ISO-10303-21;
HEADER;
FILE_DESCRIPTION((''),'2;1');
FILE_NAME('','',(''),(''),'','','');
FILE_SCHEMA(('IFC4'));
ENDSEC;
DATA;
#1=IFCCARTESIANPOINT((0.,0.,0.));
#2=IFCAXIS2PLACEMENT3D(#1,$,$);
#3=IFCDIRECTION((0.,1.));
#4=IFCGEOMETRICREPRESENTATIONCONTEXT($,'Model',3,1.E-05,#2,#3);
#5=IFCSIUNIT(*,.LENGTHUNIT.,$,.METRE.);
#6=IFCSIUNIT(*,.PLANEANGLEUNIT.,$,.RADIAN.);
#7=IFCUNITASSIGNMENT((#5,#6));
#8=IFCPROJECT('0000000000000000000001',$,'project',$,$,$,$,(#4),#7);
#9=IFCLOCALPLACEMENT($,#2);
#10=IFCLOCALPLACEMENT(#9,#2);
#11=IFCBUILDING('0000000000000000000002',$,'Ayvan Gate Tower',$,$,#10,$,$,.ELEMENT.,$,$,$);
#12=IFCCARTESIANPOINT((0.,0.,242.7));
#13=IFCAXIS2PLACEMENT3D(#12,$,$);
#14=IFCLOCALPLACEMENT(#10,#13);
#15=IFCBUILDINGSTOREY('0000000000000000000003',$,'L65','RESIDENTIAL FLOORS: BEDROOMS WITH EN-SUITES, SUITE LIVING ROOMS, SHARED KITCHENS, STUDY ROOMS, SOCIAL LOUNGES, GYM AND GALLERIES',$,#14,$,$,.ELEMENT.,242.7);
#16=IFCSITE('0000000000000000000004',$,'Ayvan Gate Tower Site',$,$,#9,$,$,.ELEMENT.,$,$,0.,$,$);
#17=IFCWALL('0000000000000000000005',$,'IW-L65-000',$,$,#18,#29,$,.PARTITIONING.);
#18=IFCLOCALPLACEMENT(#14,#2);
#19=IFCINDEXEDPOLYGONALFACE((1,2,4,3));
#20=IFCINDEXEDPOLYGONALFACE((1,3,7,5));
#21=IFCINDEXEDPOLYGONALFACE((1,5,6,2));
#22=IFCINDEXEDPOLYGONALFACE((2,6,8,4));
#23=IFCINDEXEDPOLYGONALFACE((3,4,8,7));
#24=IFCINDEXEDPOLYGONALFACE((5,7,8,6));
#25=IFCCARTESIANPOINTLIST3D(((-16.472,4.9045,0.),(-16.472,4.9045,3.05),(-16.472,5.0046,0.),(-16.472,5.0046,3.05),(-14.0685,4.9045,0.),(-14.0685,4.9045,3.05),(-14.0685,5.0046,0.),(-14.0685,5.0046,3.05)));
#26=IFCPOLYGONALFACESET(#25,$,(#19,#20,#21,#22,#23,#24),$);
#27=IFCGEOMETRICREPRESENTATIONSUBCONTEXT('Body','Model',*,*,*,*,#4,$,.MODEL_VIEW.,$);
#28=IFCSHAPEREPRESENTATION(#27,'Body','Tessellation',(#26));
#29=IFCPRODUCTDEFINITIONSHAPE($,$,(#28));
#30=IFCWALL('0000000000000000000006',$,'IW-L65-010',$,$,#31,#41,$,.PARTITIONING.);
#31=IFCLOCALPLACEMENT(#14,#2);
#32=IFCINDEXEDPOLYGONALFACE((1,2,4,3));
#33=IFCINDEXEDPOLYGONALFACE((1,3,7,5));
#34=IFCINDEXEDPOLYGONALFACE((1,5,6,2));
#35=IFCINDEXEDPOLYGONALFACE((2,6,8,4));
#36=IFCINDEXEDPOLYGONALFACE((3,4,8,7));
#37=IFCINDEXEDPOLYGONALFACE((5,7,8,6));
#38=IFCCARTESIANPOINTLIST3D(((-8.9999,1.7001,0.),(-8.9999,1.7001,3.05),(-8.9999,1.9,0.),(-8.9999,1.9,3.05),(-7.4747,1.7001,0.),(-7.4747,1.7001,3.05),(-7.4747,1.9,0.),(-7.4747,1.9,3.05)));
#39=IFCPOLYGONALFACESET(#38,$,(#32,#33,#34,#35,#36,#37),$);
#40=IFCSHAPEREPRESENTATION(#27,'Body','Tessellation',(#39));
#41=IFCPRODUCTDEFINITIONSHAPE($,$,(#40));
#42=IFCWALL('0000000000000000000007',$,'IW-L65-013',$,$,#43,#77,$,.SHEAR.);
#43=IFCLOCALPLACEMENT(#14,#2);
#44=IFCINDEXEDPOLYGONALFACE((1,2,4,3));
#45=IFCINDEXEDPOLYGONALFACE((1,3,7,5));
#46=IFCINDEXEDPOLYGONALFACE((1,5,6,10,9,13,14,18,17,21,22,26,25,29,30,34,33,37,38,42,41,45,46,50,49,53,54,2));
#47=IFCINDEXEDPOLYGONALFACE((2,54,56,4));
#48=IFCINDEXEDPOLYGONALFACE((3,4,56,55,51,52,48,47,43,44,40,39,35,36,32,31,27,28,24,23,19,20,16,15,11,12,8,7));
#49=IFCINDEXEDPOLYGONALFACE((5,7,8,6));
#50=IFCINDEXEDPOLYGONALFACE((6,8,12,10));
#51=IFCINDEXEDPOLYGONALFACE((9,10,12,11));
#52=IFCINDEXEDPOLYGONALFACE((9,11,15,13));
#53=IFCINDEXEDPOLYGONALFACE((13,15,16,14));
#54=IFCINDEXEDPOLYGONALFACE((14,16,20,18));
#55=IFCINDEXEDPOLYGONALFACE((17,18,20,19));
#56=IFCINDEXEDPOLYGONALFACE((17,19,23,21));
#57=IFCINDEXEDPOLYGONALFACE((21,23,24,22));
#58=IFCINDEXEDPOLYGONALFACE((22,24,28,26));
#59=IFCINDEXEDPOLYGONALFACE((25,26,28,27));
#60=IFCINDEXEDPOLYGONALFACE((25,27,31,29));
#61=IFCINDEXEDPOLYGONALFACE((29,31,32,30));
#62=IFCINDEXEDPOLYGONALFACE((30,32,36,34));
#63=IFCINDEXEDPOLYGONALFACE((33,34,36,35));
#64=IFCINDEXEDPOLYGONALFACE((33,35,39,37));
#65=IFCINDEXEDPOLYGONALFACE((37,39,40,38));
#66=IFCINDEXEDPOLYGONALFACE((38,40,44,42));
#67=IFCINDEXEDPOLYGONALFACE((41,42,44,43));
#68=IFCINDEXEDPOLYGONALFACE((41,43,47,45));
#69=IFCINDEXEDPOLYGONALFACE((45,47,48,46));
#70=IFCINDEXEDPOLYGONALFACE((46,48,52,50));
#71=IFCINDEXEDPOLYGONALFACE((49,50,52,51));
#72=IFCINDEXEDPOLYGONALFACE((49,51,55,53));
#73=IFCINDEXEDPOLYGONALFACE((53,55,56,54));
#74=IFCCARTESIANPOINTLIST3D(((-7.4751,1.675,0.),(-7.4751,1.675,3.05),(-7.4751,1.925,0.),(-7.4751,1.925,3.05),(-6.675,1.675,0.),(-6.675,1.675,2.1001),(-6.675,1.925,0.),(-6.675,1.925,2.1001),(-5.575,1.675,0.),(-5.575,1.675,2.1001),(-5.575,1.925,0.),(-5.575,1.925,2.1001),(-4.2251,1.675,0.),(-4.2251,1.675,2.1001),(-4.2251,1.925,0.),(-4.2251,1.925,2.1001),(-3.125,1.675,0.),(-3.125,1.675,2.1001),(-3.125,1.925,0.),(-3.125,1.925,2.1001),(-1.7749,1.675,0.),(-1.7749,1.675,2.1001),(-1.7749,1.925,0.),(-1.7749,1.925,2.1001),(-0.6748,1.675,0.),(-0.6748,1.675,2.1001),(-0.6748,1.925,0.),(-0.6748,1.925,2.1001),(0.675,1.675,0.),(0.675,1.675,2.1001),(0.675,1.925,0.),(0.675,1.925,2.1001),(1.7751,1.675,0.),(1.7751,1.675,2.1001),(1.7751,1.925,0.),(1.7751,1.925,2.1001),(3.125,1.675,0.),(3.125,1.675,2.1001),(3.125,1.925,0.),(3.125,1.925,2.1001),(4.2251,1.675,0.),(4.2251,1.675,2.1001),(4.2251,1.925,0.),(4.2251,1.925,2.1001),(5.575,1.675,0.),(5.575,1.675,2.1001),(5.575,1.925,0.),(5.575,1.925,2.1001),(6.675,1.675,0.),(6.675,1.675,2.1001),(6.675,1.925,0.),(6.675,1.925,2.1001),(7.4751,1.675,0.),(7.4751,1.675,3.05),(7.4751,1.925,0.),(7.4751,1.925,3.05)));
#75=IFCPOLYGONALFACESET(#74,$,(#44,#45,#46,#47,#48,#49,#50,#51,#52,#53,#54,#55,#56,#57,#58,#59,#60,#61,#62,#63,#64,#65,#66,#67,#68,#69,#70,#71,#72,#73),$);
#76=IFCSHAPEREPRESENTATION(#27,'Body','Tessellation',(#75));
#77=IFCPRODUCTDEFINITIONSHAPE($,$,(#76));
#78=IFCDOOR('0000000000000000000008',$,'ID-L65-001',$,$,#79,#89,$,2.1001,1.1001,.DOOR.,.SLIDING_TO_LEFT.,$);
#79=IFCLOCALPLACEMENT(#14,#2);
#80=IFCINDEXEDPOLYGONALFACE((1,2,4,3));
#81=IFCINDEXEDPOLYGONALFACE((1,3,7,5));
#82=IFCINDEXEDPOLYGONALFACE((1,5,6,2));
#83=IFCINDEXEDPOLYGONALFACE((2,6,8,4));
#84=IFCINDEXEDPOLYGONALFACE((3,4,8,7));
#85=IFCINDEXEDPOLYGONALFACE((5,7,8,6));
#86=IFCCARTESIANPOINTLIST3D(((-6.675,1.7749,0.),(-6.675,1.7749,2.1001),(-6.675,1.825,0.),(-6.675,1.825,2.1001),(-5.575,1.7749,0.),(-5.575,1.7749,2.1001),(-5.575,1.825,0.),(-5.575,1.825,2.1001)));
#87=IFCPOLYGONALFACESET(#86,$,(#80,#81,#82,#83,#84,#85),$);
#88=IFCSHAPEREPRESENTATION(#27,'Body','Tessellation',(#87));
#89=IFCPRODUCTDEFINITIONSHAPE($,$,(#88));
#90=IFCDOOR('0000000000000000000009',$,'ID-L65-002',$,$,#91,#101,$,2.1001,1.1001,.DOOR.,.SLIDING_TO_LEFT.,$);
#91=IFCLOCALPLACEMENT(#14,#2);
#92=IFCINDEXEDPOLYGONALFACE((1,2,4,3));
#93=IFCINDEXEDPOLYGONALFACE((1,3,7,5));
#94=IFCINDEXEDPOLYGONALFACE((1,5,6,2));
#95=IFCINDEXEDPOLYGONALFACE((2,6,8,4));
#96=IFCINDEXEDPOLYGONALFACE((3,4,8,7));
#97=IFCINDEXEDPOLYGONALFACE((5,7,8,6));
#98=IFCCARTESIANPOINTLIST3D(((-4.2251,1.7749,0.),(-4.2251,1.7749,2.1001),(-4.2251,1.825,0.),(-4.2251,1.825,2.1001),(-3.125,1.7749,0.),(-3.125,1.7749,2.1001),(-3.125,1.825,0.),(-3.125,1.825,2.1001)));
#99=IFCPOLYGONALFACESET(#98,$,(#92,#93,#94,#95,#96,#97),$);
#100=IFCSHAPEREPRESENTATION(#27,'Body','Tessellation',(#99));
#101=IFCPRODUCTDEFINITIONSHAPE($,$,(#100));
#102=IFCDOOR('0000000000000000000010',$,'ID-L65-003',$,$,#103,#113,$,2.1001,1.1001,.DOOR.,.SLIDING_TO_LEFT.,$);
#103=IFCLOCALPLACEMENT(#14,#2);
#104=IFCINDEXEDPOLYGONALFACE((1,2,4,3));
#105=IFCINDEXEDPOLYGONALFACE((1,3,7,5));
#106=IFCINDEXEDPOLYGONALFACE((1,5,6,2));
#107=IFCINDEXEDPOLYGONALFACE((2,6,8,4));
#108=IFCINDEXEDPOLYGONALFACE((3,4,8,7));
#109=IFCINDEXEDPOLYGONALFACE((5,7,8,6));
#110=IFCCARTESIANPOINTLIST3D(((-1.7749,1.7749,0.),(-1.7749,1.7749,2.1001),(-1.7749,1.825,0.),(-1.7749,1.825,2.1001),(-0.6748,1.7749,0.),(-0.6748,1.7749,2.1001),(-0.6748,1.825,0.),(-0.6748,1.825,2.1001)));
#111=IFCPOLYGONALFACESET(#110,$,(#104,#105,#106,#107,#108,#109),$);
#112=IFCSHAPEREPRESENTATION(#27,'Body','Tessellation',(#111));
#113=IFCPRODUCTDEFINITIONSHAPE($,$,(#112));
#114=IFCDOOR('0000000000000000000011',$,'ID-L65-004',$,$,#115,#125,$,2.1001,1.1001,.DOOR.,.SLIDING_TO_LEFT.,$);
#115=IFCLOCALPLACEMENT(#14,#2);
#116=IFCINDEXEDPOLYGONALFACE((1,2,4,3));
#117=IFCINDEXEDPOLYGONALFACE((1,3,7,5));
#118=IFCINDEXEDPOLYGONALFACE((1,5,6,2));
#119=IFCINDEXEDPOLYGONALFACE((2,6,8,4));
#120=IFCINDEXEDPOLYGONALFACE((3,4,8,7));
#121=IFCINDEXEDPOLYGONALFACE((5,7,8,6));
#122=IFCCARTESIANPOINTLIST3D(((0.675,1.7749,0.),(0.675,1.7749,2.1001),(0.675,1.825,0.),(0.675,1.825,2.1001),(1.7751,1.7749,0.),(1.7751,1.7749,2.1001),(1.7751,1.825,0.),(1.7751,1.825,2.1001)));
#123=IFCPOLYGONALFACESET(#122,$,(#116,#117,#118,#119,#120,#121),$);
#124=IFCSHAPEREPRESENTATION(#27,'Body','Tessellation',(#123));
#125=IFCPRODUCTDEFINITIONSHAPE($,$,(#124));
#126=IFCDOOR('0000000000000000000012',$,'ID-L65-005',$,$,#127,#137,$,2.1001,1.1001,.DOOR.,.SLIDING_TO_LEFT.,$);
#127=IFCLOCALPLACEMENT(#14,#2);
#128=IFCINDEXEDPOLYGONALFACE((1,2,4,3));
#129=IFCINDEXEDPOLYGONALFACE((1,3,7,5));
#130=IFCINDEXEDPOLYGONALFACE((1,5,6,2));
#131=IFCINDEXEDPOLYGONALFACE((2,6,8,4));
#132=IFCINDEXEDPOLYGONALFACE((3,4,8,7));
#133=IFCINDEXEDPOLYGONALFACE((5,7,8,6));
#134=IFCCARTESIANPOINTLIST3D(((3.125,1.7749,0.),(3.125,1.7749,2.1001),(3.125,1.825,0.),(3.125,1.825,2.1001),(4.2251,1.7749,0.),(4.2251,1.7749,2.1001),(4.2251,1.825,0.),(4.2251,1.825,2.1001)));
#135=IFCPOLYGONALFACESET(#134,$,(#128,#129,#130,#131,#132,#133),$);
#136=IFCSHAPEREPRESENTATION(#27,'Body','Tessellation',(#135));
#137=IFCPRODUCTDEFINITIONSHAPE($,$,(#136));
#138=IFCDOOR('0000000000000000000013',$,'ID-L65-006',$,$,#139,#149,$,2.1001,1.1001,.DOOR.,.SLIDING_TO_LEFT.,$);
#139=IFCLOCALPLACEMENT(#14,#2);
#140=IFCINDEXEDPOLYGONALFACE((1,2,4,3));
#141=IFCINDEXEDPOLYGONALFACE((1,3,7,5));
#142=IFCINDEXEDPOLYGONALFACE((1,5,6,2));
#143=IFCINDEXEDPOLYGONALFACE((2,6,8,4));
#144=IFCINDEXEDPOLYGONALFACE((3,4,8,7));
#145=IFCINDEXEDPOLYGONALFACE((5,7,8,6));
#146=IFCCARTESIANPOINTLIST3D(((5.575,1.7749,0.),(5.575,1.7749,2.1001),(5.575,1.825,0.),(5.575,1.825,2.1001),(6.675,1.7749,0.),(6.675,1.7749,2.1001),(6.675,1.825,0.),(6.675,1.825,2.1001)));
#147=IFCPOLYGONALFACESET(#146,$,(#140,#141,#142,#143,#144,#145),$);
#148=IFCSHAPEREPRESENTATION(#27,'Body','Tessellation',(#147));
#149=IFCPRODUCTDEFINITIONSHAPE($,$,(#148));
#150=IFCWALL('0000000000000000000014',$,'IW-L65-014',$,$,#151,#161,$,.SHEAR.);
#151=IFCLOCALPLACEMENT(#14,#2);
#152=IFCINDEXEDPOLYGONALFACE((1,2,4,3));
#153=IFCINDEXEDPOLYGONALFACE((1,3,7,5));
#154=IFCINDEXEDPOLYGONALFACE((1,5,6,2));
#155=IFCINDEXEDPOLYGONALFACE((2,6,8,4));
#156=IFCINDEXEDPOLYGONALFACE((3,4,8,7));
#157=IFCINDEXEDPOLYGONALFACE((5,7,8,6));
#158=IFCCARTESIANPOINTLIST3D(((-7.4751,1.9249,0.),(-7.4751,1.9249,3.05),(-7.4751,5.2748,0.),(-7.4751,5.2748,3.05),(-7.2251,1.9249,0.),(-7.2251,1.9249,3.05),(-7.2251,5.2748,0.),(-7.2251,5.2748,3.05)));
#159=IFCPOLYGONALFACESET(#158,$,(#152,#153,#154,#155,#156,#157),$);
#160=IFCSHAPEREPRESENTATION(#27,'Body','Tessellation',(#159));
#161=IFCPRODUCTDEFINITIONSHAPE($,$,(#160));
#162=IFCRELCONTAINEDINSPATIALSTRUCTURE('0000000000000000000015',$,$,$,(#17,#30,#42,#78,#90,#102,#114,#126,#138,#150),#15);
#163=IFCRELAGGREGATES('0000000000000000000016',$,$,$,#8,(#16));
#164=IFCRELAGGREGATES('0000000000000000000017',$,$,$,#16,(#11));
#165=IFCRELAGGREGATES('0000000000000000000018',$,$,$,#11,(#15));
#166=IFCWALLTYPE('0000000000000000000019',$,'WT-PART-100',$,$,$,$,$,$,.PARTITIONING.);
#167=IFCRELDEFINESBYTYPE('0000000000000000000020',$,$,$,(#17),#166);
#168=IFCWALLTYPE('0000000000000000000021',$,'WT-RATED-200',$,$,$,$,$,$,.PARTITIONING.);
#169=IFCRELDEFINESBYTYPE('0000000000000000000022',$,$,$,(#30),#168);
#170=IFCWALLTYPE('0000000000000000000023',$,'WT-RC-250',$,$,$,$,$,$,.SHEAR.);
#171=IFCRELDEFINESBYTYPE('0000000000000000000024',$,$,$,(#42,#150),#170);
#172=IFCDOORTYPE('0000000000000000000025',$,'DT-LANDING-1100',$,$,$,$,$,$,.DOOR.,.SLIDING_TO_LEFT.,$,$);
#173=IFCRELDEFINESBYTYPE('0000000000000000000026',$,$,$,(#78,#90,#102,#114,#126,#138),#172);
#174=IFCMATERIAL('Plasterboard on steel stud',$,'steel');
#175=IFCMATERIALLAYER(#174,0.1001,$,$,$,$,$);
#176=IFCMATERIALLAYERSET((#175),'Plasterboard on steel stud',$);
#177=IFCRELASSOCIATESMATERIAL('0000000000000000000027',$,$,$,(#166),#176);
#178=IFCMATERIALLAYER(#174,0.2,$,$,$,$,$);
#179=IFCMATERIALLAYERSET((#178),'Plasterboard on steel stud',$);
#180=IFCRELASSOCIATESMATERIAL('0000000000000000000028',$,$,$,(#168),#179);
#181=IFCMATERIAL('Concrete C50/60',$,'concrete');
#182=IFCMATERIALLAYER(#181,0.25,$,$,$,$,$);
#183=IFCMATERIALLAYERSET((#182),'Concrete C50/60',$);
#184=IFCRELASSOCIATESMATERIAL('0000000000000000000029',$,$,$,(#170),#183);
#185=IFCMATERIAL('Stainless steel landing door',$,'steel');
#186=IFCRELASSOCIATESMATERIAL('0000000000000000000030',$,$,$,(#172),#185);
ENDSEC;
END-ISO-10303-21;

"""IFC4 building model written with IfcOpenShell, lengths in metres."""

from ifc_helpers import new_model, si_unit, direction, frame, frame_2d, origin, place, context, subcontext, project, spatial, rectangle, extrude, material, layer, layer_set, type_object, element, fill, save


model = new_model("IFC4")

# Units and contexts
model_context = context("Model", 3, precision=1e-05, world=origin(), true_north=direction((0.0, 1.0)))
body_context = subcontext(model_context, "Body", "Model", "MODEL_VIEW")
ifc_project = project(units=[si_unit("LENGTHUNIT", "METRE"), si_unit("PLANEANGLEUNIT", "RADIAN")], contexts=[model_context])

# Site, building, storey
site_placement = place(None, origin())
site = spatial("IfcSite", under=ifc_project, at=site_placement, Name="Ayvan Gate Tower Site", CompositionType="ELEMENT", RefElevation=0.0)
building_placement = place(site_placement, origin())
building = spatial("IfcBuilding", under=site, at=building_placement, Name="Ayvan Gate Tower", CompositionType="ELEMENT")
storey_placement = place(building_placement, frame((0.0, 0.0, 242.7)))
storey = spatial("IfcBuildingStorey", under=building, at=storey_placement, Name="L65", Description="RESIDENTIAL FLOORS: BEDROOMS WITH EN-SUITES, SUITE LIVING ROOMS, SHARED KITCHENS, STUDY ROOMS, SOCIAL LOUNGES, GYM AND GALLERIES", CompositionType="ELEMENT", Elevation=242.7)

# Shared definitions
ifc_material_1 = material(Name="Concrete C50/60", Category="concrete")

# Shared definitions
ifc_material_2 = material(Name="Plasterboard on steel stud", Category="steel")

# Walls
ifc_layer_1 = layer(ifc_material_2, 0.1001)
ifc_layer_set_1 = layer_set([ifc_layer_1], Name="Plasterboard on steel stud")
wall_type_1 = type_object("IfcWallType", Name="WT-PART-100", PredefinedType="PARTITIONING", material=ifc_layer_set_1)
wall_1_placement = place(storey_placement, frame((-14.0686, 4.9546, 0.0), z_axis=(0.0, 0.0, 1.0), x_axis=(-1.0, 0.0, 0.0)))
element("IfcWall", 1, at=wall_1_placement, inside=storey, type_object=wall_type_1, Name="IW-L65-000", PredefinedType="PARTITIONING", context=body_context, shape_type="SweptSolid", body=[
    extrude(rectangle(XDim=2.4036, YDim=0.1001, at=frame_2d((1.2017, 0.0))), origin(), (0.0, 0.0, 1.0), 3.05),
])
ifc_layer_2 = layer(ifc_material_2, 0.2)
ifc_layer_set_2 = layer_set([ifc_layer_2], Name="Plasterboard on steel stud")
wall_type_2 = type_object("IfcWallType", Name="WT-RATED-200", PredefinedType="PARTITIONING", material=ifc_layer_set_2)
wall_2_placement = place(storey_placement, frame((-9.0, 1.8, 0.0), z_axis=(0.0, 0.0, 1.0), x_axis=(1.0, 0.0, 0.0)))
element("IfcWall", 2, at=wall_2_placement, inside=storey, type_object=wall_type_2, Name="IW-L65-010", PredefinedType="PARTITIONING", context=body_context, shape_type="SweptSolid", body=[
    extrude(rectangle(XDim=1.5251, YDim=0.2, at=frame_2d((0.7627, 0.0))), origin(), (0.0, 0.0, 1.0), 3.05),
])

# Wall, openings, doors
ifc_layer_3 = layer(ifc_material_1, 0.25)
ifc_layer_set_3 = layer_set([ifc_layer_3], Name="Concrete C50/60")
wall_type_3 = type_object("IfcWallType", Name="WT-RC-250", PredefinedType="SHEAR", material=ifc_layer_set_3)
wall_3_placement = place(storey_placement, frame((-7.4751, 1.8, 0.0), z_axis=(0.0, 0.0, 1.0), x_axis=(1.0, 0.0, 0.0)))
wall_3 = element("IfcWall", 3, at=wall_3_placement, inside=storey, type_object=wall_type_3, Name="IW-L65-013", PredefinedType="SHEAR", context=body_context, shape_type="SweptSolid", body=[
    extrude(rectangle(XDim=14.9502, YDim=0.25, at=frame_2d((7.4751, 0.0))), origin(), (0.0, 0.0, 1.0), 3.05),
])
opening_1_placement = place(wall_3_placement, frame((0.8, 0.0, 0.0)))
opening_1 = element("IfcOpeningElement", 4, at=opening_1_placement, cuts=wall_3, PredefinedType="OPENING", context=body_context, shape_type="SweptSolid", body=[
    extrude(rectangle(XDim=1.1001, YDim=2.1001, at=frame_2d((0.55, 1.05))), frame((0.0, 0.135, 0.0), z_axis=(0.0, -1.0, 0.0), x_axis=(1.0, 0.0, 0.0)), (0.0, 0.0, 1.0), 0.27),
])
opening_2_placement = place(wall_3_placement, frame((3.25, 0.0, 0.0)))
opening_2 = element("IfcOpeningElement", 5, at=opening_2_placement, cuts=wall_3, PredefinedType="OPENING", context=body_context, shape_type="SweptSolid", body=[
    extrude(rectangle(XDim=1.1001, YDim=2.1001, at=frame_2d((0.55, 1.05))), frame((0.0, 0.135, 0.0), z_axis=(0.0, -1.0, 0.0), x_axis=(1.0, 0.0, 0.0)), (0.0, 0.0, 1.0), 0.27),
])
opening_3_placement = place(wall_3_placement, frame((5.7002, 0.0, 0.0)))
opening_3 = element("IfcOpeningElement", 6, at=opening_3_placement, cuts=wall_3, PredefinedType="OPENING", context=body_context, shape_type="SweptSolid", body=[
    extrude(rectangle(XDim=1.1001, YDim=2.1001, at=frame_2d((0.55, 1.05))), frame((0.0, 0.135, 0.0), z_axis=(0.0, -1.0, 0.0), x_axis=(1.0, 0.0, 0.0)), (0.0, 0.0, 1.0), 0.27),
])
opening_4_placement = place(wall_3_placement, frame((8.1501, 0.0, 0.0)))
opening_4 = element("IfcOpeningElement", 7, at=opening_4_placement, cuts=wall_3, PredefinedType="OPENING", context=body_context, shape_type="SweptSolid", body=[
    extrude(rectangle(XDim=1.1001, YDim=2.1001, at=frame_2d((0.55, 1.05))), frame((0.0, 0.135, 0.0), z_axis=(0.0, -1.0, 0.0), x_axis=(1.0, 0.0, 0.0)), (0.0, 0.0, 1.0), 0.27),
])
opening_5_placement = place(wall_3_placement, frame((10.6001, 0.0, 0.0)))
opening_5 = element("IfcOpeningElement", 8, at=opening_5_placement, cuts=wall_3, PredefinedType="OPENING", context=body_context, shape_type="SweptSolid", body=[
    extrude(rectangle(XDim=1.1001, YDim=2.1001, at=frame_2d((0.55, 1.05))), frame((0.0, 0.135, 0.0), z_axis=(0.0, -1.0, 0.0), x_axis=(1.0, 0.0, 0.0)), (0.0, 0.0, 1.0), 0.27),
])
opening_6_placement = place(wall_3_placement, frame((13.05, 0.0, 0.0)))
opening_6 = element("IfcOpeningElement", 9, at=opening_6_placement, cuts=wall_3, PredefinedType="OPENING", context=body_context, shape_type="SweptSolid", body=[
    extrude(rectangle(XDim=1.1001, YDim=2.1001, at=frame_2d((0.55, 1.05))), frame((0.0, 0.135, 0.0), z_axis=(0.0, -1.0, 0.0), x_axis=(1.0, 0.0, 0.0)), (0.0, 0.0, 1.0), 0.27),
])
ifc_material_3 = material(Name="Stainless steel landing door", Category="steel")
door_type_1 = type_object("IfcDoorType", Name="DT-LANDING-1100", OperationType="SLIDING_TO_LEFT", PredefinedType="DOOR", material=ifc_material_3)
door_1_placement = place(opening_1_placement, origin())
door_1 = element("IfcDoor", 10, at=door_1_placement, inside=storey, type_object=door_type_1, Name="ID-L65-001", OperationType="SLIDING_TO_LEFT", OverallHeight=2.1001, OverallWidth=1.1001, PredefinedType="DOOR", context=body_context, shape_type="SweptSolid", body=[
    extrude(rectangle(XDim=1.1001, YDim=2.1001, at=frame_2d((0.55, 1.05))), frame((0.0, 0.0249, 0.0), z_axis=(0.0, -1.0, 0.0), x_axis=(1.0, 0.0, 0.0)), (0.0, 0.0, 1.0), 0.05),
])
fill(opening_1, door_1)
door_2_placement = place(opening_2_placement, origin())
door_2 = element("IfcDoor", 11, at=door_2_placement, inside=storey, type_object=door_type_1, Name="ID-L65-002", OperationType="SLIDING_TO_LEFT", OverallHeight=2.1001, OverallWidth=1.1001, PredefinedType="DOOR", context=body_context, shape_type="SweptSolid", body=[
    extrude(rectangle(XDim=1.1001, YDim=2.1001, at=frame_2d((0.55, 1.05))), frame((0.0, 0.0249, 0.0), z_axis=(0.0, -1.0, 0.0), x_axis=(1.0, 0.0, 0.0)), (0.0, 0.0, 1.0), 0.05),
])
fill(opening_2, door_2)
door_3_placement = place(opening_3_placement, origin())
door_3 = element("IfcDoor", 12, at=door_3_placement, inside=storey, type_object=door_type_1, Name="ID-L65-003", OperationType="SLIDING_TO_LEFT", OverallHeight=2.1001, OverallWidth=1.1001, PredefinedType="DOOR", context=body_context, shape_type="SweptSolid", body=[
    extrude(rectangle(XDim=1.1001, YDim=2.1001, at=frame_2d((0.55, 1.05))), frame((0.0, 0.0249, 0.0), z_axis=(0.0, -1.0, 0.0), x_axis=(1.0, 0.0, 0.0)), (0.0, 0.0, 1.0), 0.05),
])
fill(opening_3, door_3)
door_4_placement = place(opening_4_placement, origin())
door_4 = element("IfcDoor", 13, at=door_4_placement, inside=storey, type_object=door_type_1, Name="ID-L65-004", OperationType="SLIDING_TO_LEFT", OverallHeight=2.1001, OverallWidth=1.1001, PredefinedType="DOOR", context=body_context, shape_type="SweptSolid", body=[
    extrude(rectangle(XDim=1.1001, YDim=2.1001, at=frame_2d((0.55, 1.05))), frame((0.0, 0.0249, 0.0), z_axis=(0.0, -1.0, 0.0), x_axis=(1.0, 0.0, 0.0)), (0.0, 0.0, 1.0), 0.05),
])
fill(opening_4, door_4)
door_5_placement = place(opening_5_placement, origin())
door_5 = element("IfcDoor", 14, at=door_5_placement, inside=storey, type_object=door_type_1, Name="ID-L65-005", OperationType="SLIDING_TO_LEFT", OverallHeight=2.1001, OverallWidth=1.1001, PredefinedType="DOOR", context=body_context, shape_type="SweptSolid", body=[
    extrude(rectangle(XDim=1.1001, YDim=2.1001, at=frame_2d((0.55, 1.05))), frame((0.0, 0.0249, 0.0), z_axis=(0.0, -1.0, 0.0), x_axis=(1.0, 0.0, 0.0)), (0.0, 0.0, 1.0), 0.05),
])
fill(opening_5, door_5)
door_6_placement = place(opening_6_placement, origin())
door_6 = element("IfcDoor", 15, at=door_6_placement, inside=storey, type_object=door_type_1, Name="ID-L65-006", OperationType="SLIDING_TO_LEFT", OverallHeight=2.1001, OverallWidth=1.1001, PredefinedType="DOOR", context=body_context, shape_type="SweptSolid", body=[
    extrude(rectangle(XDim=1.1001, YDim=2.1001, at=frame_2d((0.55, 1.05))), frame((0.0, 0.0249, 0.0), z_axis=(0.0, -1.0, 0.0), x_axis=(1.0, 0.0, 0.0)), (0.0, 0.0, 1.0), 0.05),
])
fill(opening_6, door_6)

# Wall
wall_4_placement = place(storey_placement, frame((-7.3501, 1.925, 0.0), z_axis=(0.0, 0.0, 1.0), x_axis=(0.0, 1.0, 0.0)))
element("IfcWall", 16, at=wall_4_placement, inside=storey, type_object=wall_type_3, Name="IW-L65-014", PredefinedType="SHEAR", context=body_context, shape_type="SweptSolid", body=[
    extrude(rectangle(XDim=3.3499, YDim=0.25, at=frame_2d((1.6748, 0.0))), origin(), (0.0, 0.0, 1.0), 3.05),
])

save(model, "model.ifc")
